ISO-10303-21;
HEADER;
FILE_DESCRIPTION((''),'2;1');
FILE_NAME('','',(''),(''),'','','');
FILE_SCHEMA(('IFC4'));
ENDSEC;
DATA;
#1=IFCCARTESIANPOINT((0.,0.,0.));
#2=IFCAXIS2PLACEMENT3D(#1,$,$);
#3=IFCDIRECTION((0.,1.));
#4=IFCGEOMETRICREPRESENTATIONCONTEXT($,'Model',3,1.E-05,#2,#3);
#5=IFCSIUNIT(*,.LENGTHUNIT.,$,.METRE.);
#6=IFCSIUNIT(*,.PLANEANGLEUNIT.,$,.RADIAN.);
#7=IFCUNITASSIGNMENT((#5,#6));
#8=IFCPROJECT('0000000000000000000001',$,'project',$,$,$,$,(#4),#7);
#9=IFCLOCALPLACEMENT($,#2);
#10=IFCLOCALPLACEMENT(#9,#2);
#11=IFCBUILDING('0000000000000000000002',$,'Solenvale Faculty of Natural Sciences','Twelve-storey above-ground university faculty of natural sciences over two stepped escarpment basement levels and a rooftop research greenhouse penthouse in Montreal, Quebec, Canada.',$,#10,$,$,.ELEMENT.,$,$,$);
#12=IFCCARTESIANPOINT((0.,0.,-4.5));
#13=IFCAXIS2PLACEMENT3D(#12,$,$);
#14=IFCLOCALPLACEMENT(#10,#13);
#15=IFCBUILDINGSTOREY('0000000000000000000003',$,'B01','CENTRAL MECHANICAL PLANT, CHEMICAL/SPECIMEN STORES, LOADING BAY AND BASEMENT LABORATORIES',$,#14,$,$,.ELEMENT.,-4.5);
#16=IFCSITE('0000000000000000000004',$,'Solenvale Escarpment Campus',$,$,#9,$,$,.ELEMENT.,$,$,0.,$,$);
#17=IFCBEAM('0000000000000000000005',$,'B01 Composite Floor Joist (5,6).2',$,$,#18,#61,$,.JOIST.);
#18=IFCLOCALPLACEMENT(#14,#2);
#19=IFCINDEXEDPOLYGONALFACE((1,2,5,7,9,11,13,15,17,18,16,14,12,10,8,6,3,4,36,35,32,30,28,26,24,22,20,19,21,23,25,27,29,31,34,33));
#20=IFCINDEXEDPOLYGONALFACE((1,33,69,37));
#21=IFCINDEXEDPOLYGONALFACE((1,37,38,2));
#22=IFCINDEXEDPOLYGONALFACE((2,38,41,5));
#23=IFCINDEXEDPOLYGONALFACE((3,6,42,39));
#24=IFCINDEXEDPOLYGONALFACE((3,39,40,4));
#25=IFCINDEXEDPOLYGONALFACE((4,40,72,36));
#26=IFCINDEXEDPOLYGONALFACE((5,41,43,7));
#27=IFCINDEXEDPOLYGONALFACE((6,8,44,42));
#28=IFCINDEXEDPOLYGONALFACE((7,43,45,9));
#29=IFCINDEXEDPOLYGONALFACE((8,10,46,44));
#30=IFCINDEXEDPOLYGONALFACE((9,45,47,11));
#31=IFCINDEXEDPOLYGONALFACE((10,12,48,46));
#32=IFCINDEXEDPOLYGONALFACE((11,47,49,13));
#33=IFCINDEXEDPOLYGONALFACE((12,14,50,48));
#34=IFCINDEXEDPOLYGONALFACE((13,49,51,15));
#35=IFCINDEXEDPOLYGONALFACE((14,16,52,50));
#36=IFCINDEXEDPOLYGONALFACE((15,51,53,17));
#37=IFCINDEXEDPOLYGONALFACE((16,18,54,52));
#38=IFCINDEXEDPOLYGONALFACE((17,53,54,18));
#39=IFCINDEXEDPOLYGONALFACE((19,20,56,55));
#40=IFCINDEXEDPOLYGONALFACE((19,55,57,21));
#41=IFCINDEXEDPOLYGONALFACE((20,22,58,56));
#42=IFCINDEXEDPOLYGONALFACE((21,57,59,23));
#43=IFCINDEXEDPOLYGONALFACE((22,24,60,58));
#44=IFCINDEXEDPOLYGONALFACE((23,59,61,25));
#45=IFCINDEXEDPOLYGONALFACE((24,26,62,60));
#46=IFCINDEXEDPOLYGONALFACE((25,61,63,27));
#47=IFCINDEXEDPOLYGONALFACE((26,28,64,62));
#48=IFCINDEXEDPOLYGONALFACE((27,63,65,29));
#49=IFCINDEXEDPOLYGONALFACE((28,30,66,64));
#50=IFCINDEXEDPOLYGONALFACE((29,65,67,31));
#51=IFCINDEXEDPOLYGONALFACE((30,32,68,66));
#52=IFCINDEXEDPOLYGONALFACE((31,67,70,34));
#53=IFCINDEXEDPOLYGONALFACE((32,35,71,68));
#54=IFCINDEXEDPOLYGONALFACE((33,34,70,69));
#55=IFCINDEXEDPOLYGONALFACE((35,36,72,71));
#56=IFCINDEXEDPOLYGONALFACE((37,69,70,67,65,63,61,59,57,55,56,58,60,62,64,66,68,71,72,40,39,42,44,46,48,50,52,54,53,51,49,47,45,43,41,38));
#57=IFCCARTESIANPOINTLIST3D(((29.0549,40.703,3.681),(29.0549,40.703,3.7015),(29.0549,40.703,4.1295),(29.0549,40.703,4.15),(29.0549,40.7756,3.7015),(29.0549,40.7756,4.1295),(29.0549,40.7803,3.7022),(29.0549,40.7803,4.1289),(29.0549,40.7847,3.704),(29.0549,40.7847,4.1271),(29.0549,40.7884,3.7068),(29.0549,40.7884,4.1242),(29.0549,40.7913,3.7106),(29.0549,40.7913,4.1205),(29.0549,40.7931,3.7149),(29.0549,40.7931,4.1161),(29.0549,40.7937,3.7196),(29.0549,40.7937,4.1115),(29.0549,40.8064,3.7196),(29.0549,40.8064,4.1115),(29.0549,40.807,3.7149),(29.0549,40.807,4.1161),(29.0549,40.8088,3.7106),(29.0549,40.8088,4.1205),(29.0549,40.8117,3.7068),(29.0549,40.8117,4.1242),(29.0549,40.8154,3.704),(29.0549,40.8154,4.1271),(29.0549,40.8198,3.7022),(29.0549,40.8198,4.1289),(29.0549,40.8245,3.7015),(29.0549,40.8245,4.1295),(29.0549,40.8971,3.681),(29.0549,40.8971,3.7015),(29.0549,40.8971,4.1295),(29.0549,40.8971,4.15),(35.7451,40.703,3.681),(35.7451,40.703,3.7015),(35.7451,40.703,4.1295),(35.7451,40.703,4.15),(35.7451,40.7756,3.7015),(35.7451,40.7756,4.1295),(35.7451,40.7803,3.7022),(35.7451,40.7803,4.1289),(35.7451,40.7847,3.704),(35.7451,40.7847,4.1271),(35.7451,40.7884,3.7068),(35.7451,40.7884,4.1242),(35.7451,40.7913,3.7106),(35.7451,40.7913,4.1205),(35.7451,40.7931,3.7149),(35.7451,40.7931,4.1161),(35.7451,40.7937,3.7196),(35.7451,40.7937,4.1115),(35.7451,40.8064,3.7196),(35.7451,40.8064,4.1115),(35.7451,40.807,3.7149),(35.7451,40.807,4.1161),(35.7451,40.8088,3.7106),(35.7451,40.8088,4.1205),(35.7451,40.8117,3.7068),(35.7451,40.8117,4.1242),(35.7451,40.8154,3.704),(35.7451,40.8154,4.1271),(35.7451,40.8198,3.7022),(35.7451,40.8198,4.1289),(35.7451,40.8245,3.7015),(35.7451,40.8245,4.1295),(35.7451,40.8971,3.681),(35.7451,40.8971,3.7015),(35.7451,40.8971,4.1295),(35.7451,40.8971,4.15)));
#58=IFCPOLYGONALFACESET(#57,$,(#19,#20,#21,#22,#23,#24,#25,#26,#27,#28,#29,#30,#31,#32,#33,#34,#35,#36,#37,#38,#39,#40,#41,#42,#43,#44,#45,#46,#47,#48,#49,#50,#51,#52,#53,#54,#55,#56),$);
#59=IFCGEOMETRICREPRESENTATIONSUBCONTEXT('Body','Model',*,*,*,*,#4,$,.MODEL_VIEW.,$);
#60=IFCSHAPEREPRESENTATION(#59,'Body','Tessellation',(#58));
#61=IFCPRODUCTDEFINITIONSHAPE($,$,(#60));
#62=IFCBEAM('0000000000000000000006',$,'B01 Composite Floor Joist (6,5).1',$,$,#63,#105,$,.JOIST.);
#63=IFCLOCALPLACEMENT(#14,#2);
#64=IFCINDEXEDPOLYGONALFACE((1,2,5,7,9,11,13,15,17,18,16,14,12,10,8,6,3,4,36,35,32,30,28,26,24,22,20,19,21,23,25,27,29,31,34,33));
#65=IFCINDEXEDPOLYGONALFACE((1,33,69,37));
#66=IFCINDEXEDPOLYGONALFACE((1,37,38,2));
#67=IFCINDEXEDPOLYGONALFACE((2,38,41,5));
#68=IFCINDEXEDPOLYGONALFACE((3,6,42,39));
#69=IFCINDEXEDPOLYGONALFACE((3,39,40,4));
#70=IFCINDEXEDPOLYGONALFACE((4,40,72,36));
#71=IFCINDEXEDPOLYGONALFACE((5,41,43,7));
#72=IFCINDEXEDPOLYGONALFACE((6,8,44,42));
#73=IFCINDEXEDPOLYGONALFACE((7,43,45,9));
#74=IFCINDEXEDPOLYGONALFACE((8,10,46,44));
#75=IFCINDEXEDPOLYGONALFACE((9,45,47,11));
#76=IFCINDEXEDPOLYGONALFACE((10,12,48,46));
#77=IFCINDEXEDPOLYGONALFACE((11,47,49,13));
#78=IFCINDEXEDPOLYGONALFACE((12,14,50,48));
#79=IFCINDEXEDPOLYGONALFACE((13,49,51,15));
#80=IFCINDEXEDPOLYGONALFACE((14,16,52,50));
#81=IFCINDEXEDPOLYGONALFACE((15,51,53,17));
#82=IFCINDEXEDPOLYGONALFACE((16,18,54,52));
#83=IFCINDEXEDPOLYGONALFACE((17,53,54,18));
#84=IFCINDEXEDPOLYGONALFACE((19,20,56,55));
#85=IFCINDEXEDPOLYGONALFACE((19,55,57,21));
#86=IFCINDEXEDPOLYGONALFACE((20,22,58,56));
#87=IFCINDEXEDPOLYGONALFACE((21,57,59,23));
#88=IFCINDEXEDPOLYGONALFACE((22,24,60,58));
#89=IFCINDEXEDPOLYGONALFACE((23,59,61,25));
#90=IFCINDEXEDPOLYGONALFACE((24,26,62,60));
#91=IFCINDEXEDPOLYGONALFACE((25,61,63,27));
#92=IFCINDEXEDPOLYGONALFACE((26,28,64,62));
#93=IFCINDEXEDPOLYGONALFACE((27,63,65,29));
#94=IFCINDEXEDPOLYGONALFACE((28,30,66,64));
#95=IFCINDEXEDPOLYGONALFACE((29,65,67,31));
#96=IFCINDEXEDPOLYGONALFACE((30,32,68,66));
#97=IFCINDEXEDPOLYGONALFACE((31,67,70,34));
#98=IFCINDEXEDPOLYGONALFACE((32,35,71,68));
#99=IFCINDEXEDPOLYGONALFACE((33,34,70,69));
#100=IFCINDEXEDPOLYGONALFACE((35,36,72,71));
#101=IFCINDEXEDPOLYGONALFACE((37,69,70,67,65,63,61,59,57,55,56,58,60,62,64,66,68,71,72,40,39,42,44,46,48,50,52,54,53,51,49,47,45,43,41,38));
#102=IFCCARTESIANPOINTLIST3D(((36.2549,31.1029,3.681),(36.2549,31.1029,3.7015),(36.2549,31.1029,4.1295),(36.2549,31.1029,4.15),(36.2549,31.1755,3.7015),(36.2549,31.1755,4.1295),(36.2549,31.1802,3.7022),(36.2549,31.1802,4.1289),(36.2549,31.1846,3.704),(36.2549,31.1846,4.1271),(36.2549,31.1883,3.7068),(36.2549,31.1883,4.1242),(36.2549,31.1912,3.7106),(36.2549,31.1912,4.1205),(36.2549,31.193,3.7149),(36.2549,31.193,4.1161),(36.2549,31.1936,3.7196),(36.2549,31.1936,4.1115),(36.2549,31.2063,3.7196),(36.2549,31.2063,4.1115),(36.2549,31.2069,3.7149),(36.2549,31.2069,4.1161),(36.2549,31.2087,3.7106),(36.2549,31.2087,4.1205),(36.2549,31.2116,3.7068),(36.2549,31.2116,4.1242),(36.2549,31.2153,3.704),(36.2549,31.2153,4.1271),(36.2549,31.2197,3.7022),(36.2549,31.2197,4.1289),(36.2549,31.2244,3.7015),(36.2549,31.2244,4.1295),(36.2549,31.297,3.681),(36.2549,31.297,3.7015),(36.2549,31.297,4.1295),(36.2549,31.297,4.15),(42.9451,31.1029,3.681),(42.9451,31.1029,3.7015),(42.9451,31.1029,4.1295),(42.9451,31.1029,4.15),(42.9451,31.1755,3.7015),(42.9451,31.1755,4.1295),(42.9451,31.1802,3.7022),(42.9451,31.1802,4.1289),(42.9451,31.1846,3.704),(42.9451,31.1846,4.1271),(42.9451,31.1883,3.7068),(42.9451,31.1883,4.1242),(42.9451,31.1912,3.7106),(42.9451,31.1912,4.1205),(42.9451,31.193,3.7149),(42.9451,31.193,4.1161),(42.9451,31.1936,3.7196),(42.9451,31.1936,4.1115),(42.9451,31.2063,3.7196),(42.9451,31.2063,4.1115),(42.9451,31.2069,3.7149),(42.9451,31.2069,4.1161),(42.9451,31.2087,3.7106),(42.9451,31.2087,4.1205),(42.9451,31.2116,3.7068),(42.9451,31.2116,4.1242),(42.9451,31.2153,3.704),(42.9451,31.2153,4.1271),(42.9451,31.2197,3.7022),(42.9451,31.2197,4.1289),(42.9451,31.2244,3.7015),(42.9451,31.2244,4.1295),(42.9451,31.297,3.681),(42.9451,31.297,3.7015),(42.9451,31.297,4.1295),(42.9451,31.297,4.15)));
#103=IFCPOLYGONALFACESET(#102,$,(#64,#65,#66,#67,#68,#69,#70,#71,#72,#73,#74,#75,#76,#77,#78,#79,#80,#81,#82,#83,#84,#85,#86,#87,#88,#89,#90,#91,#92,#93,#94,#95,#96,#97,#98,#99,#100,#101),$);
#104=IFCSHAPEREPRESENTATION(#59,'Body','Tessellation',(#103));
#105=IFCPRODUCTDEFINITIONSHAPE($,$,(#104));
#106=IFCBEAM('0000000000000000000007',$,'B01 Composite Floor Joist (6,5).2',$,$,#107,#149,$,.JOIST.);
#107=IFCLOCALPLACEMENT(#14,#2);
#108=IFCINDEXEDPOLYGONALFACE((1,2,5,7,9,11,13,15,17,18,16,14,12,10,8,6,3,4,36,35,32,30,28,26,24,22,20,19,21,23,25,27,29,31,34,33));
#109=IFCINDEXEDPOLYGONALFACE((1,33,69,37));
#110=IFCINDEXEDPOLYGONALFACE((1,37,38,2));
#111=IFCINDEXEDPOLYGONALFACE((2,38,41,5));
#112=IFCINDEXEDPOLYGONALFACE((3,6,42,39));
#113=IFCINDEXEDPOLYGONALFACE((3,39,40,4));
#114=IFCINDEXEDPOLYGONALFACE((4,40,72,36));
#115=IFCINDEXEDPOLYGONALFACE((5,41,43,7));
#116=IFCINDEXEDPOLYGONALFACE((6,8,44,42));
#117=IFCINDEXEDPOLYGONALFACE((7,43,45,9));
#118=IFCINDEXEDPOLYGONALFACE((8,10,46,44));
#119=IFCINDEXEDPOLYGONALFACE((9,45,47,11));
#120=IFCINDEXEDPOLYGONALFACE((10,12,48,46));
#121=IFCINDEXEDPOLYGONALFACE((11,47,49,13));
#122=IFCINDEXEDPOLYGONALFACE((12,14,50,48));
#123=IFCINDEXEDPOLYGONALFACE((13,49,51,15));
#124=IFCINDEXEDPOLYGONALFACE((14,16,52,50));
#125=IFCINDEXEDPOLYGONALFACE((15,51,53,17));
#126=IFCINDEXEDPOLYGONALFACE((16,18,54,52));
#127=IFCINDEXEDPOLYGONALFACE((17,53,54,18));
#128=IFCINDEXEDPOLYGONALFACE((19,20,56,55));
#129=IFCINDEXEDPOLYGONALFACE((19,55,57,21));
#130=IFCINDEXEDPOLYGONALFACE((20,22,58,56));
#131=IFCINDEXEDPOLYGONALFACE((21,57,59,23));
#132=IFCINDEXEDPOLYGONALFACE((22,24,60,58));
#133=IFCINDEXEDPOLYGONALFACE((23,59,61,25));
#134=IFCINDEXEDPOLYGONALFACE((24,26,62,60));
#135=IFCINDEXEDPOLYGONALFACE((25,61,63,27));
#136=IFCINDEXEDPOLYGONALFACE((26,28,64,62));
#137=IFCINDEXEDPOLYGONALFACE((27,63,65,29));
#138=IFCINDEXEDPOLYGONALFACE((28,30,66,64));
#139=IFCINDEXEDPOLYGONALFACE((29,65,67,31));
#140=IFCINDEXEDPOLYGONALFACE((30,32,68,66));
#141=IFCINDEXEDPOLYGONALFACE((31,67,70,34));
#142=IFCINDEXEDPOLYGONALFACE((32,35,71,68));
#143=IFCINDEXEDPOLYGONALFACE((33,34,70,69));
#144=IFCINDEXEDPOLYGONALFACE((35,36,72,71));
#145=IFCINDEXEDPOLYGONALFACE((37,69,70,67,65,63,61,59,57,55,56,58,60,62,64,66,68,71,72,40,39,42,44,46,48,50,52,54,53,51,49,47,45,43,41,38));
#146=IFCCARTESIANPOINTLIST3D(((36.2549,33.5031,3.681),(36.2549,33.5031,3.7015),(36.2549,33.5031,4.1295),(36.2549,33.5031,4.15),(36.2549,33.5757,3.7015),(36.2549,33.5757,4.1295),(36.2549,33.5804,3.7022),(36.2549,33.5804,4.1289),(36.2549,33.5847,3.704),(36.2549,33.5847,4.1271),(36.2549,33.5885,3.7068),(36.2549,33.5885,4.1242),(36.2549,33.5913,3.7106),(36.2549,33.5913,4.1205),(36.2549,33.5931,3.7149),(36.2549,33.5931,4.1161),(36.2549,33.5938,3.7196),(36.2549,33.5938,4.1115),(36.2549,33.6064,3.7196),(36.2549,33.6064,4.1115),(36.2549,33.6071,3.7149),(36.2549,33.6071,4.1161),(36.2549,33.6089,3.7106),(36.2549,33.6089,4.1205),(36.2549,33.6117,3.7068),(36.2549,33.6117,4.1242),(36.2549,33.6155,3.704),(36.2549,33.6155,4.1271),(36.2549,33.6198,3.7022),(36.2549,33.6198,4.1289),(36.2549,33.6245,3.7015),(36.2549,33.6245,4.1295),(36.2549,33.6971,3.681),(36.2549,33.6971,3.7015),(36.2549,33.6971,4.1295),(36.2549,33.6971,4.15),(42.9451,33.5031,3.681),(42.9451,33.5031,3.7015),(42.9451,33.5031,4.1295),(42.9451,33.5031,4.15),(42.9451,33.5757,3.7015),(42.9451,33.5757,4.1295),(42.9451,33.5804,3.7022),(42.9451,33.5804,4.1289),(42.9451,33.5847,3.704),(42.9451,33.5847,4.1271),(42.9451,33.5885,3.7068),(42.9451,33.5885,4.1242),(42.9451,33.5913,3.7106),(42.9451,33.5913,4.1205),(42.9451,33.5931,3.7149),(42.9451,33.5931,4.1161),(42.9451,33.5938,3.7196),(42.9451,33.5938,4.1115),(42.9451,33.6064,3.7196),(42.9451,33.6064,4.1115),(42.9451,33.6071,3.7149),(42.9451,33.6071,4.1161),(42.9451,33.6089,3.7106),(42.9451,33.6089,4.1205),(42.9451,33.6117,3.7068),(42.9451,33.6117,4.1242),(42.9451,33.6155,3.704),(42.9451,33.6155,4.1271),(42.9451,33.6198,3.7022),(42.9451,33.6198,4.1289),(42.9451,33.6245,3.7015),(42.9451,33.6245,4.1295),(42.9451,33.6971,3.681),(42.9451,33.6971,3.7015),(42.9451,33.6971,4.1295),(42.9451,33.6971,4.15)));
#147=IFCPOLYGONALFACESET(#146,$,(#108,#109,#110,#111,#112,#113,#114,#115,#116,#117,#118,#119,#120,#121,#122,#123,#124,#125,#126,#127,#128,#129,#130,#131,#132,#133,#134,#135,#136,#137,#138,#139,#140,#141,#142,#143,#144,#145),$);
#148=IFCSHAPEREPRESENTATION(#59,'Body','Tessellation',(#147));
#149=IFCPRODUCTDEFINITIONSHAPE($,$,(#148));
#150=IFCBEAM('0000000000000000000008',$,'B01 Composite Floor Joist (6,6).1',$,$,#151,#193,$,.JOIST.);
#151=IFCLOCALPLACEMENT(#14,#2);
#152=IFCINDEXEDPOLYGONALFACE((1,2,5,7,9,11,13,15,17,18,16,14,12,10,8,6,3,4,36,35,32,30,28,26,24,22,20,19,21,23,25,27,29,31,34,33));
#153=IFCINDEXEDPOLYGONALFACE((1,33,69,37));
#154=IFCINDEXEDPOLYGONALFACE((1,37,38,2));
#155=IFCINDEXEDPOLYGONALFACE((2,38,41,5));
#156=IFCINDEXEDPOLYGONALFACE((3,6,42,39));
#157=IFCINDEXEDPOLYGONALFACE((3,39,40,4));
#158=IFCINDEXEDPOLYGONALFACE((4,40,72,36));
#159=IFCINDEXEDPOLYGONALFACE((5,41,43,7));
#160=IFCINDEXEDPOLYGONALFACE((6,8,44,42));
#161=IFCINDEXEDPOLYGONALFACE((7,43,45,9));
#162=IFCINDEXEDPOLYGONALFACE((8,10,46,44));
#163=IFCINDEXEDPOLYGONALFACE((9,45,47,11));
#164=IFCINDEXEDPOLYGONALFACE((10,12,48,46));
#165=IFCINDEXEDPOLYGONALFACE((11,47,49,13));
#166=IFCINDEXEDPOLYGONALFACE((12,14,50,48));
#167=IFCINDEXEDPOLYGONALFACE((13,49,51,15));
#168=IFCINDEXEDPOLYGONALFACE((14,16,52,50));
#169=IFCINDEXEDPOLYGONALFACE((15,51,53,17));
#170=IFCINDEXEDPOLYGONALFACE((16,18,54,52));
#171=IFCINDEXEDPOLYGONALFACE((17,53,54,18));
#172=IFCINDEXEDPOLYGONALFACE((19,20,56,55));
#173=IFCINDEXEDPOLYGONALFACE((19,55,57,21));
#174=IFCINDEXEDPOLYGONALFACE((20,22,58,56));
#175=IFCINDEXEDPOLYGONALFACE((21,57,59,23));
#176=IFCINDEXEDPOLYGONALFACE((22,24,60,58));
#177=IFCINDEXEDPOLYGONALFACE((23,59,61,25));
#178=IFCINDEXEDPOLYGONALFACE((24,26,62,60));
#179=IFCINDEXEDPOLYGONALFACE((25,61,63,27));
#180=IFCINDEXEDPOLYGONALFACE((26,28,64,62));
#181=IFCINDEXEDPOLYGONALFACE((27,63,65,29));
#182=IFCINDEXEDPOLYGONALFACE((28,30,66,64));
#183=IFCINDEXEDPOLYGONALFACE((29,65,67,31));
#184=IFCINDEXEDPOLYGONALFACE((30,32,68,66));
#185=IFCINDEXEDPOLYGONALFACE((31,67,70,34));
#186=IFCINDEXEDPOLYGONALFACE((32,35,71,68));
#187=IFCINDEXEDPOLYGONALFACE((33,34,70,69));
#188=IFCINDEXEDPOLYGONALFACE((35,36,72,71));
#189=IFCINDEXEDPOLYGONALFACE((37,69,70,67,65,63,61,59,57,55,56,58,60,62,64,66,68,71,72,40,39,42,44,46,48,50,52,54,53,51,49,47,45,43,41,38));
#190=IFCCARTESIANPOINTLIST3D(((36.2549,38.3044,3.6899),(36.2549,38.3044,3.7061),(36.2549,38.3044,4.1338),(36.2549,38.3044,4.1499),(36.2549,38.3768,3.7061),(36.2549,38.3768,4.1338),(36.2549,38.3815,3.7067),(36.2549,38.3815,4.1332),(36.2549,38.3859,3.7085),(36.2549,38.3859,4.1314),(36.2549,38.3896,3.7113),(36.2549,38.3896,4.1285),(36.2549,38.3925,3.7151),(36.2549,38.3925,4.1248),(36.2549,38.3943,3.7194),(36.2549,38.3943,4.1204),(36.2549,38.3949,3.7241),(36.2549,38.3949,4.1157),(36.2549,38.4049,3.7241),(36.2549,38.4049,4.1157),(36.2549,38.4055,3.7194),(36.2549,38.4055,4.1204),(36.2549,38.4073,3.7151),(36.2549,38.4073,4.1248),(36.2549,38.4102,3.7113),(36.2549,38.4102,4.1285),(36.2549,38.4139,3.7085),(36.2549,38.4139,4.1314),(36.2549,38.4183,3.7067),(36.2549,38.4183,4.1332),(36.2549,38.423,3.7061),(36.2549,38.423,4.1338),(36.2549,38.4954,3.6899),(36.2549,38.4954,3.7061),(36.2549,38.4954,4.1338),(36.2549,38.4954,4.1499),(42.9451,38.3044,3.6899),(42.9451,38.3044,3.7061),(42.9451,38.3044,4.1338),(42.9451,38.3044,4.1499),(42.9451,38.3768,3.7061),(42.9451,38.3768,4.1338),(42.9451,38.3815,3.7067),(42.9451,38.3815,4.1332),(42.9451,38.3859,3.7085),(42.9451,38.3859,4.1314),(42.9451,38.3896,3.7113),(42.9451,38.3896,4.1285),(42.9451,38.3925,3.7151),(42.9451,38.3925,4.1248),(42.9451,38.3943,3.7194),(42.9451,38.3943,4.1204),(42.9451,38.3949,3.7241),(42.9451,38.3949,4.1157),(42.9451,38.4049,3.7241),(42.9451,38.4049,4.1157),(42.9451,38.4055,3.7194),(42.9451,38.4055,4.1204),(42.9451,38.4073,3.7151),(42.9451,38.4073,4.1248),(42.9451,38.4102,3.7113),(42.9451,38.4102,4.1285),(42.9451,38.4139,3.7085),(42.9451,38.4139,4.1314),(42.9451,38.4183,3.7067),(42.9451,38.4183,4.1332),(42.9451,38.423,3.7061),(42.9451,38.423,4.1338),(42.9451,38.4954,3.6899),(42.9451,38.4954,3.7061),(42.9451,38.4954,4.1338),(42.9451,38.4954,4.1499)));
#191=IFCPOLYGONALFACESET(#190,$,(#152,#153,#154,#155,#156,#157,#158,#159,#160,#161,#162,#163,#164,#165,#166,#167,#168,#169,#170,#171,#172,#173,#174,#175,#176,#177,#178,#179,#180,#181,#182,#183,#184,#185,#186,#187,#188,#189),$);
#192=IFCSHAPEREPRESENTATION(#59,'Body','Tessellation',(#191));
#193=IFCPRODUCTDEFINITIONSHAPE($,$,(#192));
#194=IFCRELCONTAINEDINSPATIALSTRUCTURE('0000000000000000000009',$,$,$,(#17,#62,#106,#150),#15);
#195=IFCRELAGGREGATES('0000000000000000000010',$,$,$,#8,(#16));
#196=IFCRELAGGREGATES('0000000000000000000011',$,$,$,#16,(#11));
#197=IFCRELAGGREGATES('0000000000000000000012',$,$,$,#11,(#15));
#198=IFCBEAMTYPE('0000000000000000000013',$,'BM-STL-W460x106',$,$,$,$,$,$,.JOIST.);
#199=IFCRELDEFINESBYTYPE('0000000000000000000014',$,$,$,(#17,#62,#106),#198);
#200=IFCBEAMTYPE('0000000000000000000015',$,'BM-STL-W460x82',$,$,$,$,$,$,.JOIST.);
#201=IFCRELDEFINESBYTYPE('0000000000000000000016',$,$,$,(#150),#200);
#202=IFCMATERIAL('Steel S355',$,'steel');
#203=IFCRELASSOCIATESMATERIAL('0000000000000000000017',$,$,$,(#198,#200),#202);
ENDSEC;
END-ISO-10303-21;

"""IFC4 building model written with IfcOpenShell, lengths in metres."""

from ifc_helpers import new_model, si_unit, direction, frame, origin, origin_2d, place, context, subcontext, project, spatial, i_section, extrude, material, material_profile, profile_set, type_object, element, save


model = new_model("IFC4")

# Units and contexts
model_context = context("Model", 3, precision=1e-05, world=origin(), true_north=direction((0.0, 1.0)))
body_context = subcontext(model_context, "Body", "Model", "MODEL_VIEW")
ifc_project = project(units=[si_unit("LENGTHUNIT", "METRE"), si_unit("PLANEANGLEUNIT", "RADIAN")], contexts=[model_context])

# Site, building, storey
site_placement = place(None, origin())
site = spatial("IfcSite", under=ifc_project, at=site_placement, Name="Solenvale Escarpment Campus", CompositionType="ELEMENT", RefElevation=0.0)
building_placement = place(site_placement, origin())
building = spatial("IfcBuilding", under=site, at=building_placement, Name="Solenvale Faculty of Natural Sciences", Description="Twelve-storey above-ground university faculty of natural sciences over two stepped escarpment basement levels and a rooftop research greenhouse penthouse in Montreal, Quebec, Canada.", CompositionType="ELEMENT")
storey_placement = place(building_placement, frame((0.0, 0.0, -4.5)))
storey = spatial("IfcBuildingStorey", under=building, at=storey_placement, Name="B01", Description="CENTRAL MECHANICAL PLANT, CHEMICAL/SPECIMEN STORES, LOADING BAY AND BASEMENT LABORATORIES", CompositionType="ELEMENT", Elevation=-4.5)

# Beams
ifc_material_1 = material(Name="Steel S355", Category="steel")
ifc_material_profile_1 = material_profile(ifc_material_1, i_section(OverallWidth=0.1941, OverallDepth=0.469, WebThickness=0.0127, FlangeThickness=0.0205, FilletRadius=0.0181, at=origin_2d()), Name="W460x106")
ifc_profile_set_1 = profile_set([ifc_material_profile_1], Name="Steel S355")
beam_type_1 = type_object("IfcBeamType", Name="BM-STL-W460x106", PredefinedType="JOIST", material=ifc_profile_set_1)
for number, where, z_axis, x_axis, name in (
    (1, (29.0549, 40.8, 3.9155), (1.0, 0.0, 0.0), (0.0, 1.0, 0.0), "B01 Composite Floor Joist (5,6).2"),
    (2, (36.2549, 31.2, 3.9155), (1.0, 0.0, 0.0), (0.0, 1.0, 0.0), "B01 Composite Floor Joist (6,5).1"),
    (3, (36.2549, 33.6001, 3.9155), (1.0, 0.0, 0.0), (0.0, 1.0, 0.0), "B01 Composite Floor Joist (6,5).2"),
):
    element("IfcBeam", number, at=place(storey_placement, frame(where, z_axis=z_axis, x_axis=x_axis)), inside=storey, type_object=beam_type_1, Name=name, PredefinedType="JOIST", context=body_context, shape_type="SweptSolid", body=[
        extrude(i_section(OverallWidth=0.1941, OverallDepth=0.469, WebThickness=0.0127, FlangeThickness=0.0205, FilletRadius=0.0181, at=origin_2d()), origin(), (0.0, 0.0, 1.0), 6.6902),
    ])
ifc_material_profile_2 = material_profile(ifc_material_1, i_section(OverallWidth=0.1909, OverallDepth=0.46, WebThickness=0.01, FlangeThickness=0.0161, FilletRadius=0.0181, at=origin_2d()), Name="W460x82")
ifc_profile_set_2 = profile_set([ifc_material_profile_2], Name="Steel S355")
beam_type_2 = type_object("IfcBeamType", Name="BM-STL-W460x82", PredefinedType="JOIST", material=ifc_profile_set_2)
beam_placement = place(storey_placement, frame((36.2549, 38.3999, 3.9199), z_axis=(1.0, 0.0, 0.0), x_axis=(0.0, 1.0, 0.0)))
element("IfcBeam", 4, at=beam_placement, inside=storey, type_object=beam_type_2, Name="B01 Composite Floor Joist (6,6).1", PredefinedType="JOIST", context=body_context, shape_type="SweptSolid", body=[
    extrude(i_section(OverallWidth=0.1909, OverallDepth=0.46, WebThickness=0.01, FlangeThickness=0.0161, FilletRadius=0.0181, at=origin_2d()), origin(), (0.0, 0.0, 1.0), 6.6902),
])

save(model, "model.ifc")
